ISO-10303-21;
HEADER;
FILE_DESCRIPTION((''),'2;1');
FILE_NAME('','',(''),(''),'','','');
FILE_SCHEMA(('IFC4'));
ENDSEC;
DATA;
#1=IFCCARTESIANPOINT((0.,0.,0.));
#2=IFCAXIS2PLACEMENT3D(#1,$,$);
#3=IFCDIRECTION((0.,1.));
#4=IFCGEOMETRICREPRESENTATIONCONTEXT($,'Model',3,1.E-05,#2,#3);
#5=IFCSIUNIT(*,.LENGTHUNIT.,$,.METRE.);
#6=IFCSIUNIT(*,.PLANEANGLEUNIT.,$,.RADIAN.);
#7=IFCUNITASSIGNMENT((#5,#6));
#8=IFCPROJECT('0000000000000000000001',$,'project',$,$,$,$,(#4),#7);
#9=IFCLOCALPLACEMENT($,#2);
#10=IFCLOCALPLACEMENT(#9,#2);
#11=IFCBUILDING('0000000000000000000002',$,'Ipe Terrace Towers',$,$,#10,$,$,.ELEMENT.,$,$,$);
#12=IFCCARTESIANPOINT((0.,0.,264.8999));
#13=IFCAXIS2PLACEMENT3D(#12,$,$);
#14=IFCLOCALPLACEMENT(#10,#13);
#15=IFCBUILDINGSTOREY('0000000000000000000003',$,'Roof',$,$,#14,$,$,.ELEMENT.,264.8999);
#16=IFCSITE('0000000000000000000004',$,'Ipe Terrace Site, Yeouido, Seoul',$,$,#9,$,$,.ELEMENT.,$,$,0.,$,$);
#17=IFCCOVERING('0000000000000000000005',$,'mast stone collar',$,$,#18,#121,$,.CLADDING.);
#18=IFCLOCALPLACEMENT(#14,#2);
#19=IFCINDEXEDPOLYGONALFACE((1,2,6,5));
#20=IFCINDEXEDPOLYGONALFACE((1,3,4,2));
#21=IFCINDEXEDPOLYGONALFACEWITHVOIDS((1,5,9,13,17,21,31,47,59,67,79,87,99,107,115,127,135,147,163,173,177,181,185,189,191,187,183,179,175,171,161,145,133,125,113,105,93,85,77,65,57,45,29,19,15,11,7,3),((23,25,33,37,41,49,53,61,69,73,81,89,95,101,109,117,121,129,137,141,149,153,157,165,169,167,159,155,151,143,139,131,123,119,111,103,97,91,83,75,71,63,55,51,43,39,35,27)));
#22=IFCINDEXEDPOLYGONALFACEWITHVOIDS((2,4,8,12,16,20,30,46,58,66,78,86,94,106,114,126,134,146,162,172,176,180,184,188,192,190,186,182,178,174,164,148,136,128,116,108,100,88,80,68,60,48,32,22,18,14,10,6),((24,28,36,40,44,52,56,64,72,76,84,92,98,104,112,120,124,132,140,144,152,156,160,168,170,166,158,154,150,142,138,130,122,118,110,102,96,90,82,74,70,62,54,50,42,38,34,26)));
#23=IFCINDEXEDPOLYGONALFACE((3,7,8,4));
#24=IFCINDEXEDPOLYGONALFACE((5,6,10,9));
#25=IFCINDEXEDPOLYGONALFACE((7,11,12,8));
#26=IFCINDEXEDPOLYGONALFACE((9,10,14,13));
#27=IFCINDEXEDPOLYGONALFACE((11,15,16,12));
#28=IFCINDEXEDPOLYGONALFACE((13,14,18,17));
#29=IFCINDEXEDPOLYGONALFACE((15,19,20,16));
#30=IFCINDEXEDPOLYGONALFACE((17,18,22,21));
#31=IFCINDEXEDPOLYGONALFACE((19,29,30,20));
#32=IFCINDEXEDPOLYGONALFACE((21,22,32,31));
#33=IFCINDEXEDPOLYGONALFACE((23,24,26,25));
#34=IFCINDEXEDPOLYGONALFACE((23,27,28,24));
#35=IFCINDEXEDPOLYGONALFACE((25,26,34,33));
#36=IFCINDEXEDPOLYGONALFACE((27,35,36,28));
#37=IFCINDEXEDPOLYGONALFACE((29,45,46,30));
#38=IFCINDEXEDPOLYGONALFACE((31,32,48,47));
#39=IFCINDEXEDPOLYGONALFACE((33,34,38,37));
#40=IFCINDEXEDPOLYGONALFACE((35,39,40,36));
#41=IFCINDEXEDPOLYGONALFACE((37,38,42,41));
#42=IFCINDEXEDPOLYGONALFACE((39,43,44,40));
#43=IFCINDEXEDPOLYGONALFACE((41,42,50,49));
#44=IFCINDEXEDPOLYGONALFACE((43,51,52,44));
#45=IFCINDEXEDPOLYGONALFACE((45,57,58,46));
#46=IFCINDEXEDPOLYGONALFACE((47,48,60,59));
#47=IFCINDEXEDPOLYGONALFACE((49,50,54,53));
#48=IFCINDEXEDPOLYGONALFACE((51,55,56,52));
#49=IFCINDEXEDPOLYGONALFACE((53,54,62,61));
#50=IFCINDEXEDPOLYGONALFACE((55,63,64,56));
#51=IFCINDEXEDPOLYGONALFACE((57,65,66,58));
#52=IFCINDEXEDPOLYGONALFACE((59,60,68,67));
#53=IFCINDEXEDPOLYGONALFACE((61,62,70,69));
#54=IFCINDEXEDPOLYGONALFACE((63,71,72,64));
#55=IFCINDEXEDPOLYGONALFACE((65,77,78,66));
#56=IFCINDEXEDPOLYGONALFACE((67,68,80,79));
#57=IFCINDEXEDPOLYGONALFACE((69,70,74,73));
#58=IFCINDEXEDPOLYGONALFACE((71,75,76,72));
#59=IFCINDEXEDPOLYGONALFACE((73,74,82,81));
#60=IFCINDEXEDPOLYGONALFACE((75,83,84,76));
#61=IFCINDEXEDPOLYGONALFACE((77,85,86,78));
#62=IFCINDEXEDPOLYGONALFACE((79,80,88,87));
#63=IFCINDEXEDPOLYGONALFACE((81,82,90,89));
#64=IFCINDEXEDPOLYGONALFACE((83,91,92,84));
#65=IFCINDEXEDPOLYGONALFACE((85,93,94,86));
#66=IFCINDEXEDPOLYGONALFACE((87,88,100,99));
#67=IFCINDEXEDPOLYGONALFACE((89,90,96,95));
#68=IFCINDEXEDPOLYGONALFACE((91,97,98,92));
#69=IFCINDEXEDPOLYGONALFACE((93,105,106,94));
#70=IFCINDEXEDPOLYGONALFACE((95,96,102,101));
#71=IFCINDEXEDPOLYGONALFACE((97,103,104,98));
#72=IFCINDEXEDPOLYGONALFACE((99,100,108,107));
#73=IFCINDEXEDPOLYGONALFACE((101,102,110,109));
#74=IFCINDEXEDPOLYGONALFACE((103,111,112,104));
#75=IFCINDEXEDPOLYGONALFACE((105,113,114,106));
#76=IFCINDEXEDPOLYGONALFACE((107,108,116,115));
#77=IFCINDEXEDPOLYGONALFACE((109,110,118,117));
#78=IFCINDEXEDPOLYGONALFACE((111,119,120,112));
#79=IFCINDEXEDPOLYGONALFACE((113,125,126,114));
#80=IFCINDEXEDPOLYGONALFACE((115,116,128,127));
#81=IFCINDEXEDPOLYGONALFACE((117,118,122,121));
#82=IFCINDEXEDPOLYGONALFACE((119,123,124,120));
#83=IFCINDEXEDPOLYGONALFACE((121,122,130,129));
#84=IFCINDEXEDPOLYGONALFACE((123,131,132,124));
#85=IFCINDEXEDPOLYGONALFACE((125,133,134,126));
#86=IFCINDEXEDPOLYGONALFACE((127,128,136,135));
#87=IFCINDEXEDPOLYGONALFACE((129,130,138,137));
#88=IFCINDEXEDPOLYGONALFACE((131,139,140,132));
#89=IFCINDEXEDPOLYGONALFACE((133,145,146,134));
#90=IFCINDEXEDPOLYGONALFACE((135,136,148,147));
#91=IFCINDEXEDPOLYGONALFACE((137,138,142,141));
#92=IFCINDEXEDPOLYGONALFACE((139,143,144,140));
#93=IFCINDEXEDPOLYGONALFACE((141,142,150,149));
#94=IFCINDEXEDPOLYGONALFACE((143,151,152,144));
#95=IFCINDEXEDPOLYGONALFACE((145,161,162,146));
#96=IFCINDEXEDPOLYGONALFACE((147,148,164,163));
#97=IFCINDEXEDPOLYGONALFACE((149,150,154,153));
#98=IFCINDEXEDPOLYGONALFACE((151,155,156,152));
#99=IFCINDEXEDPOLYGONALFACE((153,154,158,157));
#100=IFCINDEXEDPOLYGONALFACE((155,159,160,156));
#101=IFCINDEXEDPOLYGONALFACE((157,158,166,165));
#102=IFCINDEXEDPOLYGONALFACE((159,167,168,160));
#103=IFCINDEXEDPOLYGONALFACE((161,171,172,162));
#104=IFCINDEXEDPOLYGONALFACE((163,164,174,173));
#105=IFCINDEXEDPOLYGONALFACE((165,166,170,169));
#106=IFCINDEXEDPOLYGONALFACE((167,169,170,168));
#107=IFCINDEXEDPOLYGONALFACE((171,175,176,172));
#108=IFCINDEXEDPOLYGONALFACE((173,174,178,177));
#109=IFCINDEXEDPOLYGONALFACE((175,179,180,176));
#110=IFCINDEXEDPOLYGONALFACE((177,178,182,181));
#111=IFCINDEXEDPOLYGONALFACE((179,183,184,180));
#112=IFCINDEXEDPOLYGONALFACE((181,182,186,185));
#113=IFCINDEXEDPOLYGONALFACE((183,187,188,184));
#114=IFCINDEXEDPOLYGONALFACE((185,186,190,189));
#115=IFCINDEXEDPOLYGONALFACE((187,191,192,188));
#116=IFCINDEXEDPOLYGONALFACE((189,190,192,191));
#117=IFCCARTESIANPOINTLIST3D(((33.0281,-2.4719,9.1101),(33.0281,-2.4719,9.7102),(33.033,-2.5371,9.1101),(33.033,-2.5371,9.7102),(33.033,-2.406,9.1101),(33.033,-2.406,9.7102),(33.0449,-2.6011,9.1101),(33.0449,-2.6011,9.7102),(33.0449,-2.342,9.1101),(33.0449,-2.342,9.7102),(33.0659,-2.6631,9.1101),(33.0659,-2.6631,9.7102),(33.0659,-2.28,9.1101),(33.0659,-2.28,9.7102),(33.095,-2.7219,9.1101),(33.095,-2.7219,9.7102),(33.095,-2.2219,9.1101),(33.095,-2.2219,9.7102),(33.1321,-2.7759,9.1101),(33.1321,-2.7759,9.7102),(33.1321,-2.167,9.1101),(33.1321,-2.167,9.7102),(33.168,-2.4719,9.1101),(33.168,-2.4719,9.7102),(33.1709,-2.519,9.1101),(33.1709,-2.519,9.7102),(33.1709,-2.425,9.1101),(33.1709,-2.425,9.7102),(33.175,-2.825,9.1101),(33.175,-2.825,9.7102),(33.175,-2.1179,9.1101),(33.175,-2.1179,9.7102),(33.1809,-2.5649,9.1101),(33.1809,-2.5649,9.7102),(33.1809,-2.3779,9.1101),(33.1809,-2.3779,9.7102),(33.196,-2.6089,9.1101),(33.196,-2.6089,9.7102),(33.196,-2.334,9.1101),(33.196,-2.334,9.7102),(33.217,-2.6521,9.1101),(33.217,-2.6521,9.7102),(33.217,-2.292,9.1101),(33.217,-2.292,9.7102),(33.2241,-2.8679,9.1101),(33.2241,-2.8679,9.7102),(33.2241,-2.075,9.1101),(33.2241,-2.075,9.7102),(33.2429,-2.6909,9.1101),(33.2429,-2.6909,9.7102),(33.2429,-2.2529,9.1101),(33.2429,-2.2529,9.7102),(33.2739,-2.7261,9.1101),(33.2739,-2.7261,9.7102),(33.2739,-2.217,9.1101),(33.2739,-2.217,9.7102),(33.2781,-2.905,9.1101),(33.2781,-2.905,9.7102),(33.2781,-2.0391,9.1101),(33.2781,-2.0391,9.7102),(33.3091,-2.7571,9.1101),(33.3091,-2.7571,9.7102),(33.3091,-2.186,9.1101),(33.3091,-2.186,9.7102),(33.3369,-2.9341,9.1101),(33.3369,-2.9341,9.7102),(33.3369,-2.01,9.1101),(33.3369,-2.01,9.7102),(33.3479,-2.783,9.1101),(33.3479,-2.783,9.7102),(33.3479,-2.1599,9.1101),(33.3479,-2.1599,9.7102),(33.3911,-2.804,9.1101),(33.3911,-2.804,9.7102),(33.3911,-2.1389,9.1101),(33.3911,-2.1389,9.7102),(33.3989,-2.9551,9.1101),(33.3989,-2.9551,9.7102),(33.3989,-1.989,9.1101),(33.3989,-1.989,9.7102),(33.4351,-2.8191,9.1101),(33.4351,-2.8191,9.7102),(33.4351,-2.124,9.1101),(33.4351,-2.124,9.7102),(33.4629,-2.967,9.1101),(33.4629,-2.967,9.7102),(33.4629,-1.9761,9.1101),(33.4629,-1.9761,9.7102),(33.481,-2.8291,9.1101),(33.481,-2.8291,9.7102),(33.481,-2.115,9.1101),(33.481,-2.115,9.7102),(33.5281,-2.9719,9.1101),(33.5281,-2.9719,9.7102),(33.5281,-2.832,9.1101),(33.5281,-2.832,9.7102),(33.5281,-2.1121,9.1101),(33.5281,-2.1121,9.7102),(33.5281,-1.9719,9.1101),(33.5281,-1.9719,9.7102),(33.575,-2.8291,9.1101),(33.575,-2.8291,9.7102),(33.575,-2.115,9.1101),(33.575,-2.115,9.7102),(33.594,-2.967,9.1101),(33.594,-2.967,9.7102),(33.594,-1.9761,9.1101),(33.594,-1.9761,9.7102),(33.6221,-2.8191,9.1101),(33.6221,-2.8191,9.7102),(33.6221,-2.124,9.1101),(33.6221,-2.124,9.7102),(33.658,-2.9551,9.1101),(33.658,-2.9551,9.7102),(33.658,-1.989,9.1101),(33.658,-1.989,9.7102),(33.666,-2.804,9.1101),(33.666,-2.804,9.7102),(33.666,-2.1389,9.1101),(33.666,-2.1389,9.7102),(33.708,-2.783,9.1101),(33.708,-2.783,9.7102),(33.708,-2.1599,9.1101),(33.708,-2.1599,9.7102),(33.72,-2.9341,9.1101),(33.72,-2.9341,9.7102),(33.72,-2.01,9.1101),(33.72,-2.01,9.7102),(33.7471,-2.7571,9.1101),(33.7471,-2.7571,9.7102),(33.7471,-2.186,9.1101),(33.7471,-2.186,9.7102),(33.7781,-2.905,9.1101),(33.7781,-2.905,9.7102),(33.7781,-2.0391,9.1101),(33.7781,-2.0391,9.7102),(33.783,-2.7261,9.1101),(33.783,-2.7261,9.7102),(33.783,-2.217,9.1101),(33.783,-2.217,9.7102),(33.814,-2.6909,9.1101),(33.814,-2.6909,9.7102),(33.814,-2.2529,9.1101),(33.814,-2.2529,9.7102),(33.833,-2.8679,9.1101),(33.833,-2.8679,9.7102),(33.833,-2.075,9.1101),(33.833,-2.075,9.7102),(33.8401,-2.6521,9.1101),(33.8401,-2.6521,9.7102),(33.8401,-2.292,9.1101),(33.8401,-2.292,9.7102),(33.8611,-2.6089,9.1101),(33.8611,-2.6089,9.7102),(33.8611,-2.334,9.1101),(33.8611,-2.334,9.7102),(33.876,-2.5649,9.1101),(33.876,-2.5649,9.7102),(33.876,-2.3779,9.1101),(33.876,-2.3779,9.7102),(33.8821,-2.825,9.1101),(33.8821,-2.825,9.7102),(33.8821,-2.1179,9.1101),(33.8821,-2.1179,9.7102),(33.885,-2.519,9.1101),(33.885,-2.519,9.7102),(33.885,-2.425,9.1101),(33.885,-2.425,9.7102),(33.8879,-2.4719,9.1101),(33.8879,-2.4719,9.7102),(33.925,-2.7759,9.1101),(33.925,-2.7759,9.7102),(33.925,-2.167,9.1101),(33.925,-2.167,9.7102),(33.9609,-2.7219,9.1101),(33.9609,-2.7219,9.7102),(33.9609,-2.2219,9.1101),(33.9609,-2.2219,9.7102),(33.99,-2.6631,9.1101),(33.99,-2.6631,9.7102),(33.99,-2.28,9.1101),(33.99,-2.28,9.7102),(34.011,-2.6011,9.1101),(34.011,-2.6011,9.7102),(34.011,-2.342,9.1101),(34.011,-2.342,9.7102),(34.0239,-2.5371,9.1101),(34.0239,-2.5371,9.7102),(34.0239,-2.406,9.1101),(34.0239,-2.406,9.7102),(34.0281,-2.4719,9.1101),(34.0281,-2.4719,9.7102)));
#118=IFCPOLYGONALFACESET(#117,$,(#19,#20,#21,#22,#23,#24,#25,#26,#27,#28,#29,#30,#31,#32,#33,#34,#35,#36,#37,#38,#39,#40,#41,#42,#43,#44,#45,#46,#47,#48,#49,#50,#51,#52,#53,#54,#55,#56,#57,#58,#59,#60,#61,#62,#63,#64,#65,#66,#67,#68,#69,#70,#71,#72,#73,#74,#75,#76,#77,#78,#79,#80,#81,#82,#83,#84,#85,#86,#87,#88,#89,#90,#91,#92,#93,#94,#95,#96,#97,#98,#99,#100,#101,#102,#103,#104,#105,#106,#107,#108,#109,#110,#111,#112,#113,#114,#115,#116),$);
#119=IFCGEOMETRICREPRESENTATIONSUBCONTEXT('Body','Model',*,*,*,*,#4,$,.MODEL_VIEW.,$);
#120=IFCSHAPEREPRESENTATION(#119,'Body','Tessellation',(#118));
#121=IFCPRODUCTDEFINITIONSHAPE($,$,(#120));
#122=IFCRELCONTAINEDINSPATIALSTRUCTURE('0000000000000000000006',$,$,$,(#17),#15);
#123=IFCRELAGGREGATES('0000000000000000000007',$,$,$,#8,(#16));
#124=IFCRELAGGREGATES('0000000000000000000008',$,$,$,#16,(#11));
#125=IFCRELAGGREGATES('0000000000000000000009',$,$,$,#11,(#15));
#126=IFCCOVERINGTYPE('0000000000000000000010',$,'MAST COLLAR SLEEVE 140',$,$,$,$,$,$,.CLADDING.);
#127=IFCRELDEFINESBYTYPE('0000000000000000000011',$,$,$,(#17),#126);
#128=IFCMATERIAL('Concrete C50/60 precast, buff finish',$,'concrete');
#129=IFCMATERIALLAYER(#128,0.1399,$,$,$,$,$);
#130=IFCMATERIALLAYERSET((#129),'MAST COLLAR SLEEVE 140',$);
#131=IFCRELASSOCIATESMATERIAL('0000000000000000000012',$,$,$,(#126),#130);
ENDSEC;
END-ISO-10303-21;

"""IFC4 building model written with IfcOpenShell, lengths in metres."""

from ifc_helpers import new_model, si_unit, direction, frame, origin, place, context, subcontext, project, spatial, polyline, outline, extrude, material, layer, layer_set, type_object, element, save


model = new_model("IFC4")

# Units and contexts
model_context = context("Model", 3, precision=1e-05, world=origin(), true_north=direction((0.0, 1.0)))
body_context = subcontext(model_context, "Body", "Model", "MODEL_VIEW")
ifc_project = project(units=[si_unit("LENGTHUNIT", "METRE"), si_unit("PLANEANGLEUNIT", "RADIAN")], contexts=[model_context])

# Site, building, storey
site_placement = place(None, origin())
site = spatial("IfcSite", under=ifc_project, at=site_placement, Name="Ipe Terrace Site, Yeouido, Seoul", CompositionType="ELEMENT", RefElevation=0.0)
building_placement = place(site_placement, origin())
building = spatial("IfcBuilding", under=site, at=building_placement, Name="Ipe Terrace Towers", CompositionType="ELEMENT")
storey_placement = place(building_placement, frame((0.0, 0.0, 264.8999)))
storey = spatial("IfcBuildingStorey", under=building, at=storey_placement, Name="Roof", CompositionType="ELEMENT", Elevation=264.8999)

# Covering
ifc_material_1 = material(Name="Concrete C50/60 precast, buff finish", Category="concrete")
ifc_layer_1 = layer(ifc_material_1, 0.1399)
ifc_layer_set_1 = layer_set([ifc_layer_1], Name="MAST COLLAR SLEEVE 140")
covering_type_1 = type_object("IfcCoveringType", Name="MAST COLLAR SLEEVE 140", PredefinedType="CLADDING", material=ifc_layer_set_1)
covering_1_placement = place(storey_placement, frame((0.0, 0.0, 9.1101)))
element("IfcCovering", 1, at=covering_1_placement, inside=storey, type_object=covering_type_1, Name="mast stone collar", PredefinedType="CLADDING", context=body_context, shape_type="SweptSolid", body=[
    extrude(outline(polyline([(34.0239, -2.5371), (34.011, -2.6011), (33.99, -2.6631), (33.9609, -2.7219), (33.925, -2.7759), (33.8821, -2.825), (33.833, -2.8679), (33.7781, -2.905), (33.72, -2.9341), (33.658, -2.9551), (33.594, -2.967), (33.5281, -2.9719), (33.4629, -2.967), (33.3989, -2.9551), (33.3369, -2.9341), (33.2781, -2.905), (33.2241, -2.8679), (33.175, -2.825), (33.1321, -2.7759), (33.095, -2.7219), (33.0659, -2.6631), (33.0449, -2.6011), (33.033, -2.5371), (33.0281, -2.4719), (33.033, -2.406), (33.0449, -2.342), (33.0659, -2.28), (33.095, -2.2219), (33.1321, -2.167), (33.175, -2.1179), (33.2241, -2.075), (33.2781, -2.0391), (33.3369, -2.01), (33.3989, -1.989), (33.4629, -1.9761), (33.5281, -1.9719), (33.594, -1.9761), (33.658, -1.989), (33.72, -2.01), (33.7781, -2.0391), (33.833, -2.075), (33.8821, -2.1179), (33.925, -2.167), (33.9609, -2.2219), (33.99, -2.28), (34.011, -2.342), (34.0239, -2.406), (34.0281, -2.4719), (34.0239, -2.5371)]), holes=[polyline([(33.885, -2.425), (33.876, -2.3779), (33.8611, -2.334), (33.8401, -2.292), (33.814, -2.2529), (33.783, -2.217), (33.7471, -2.186), (33.708, -2.1599), (33.666, -2.1389), (33.6221, -2.124), (33.575, -2.115), (33.5281, -2.1121), (33.481, -2.115), (33.4351, -2.124), (33.3911, -2.1389), (33.3479, -2.1599), (33.3091, -2.186), (33.2739, -2.217), (33.2429, -2.2529), (33.217, -2.292), (33.196, -2.334), (33.1809, -2.3779), (33.1709, -2.425), (33.168, -2.4719), (33.1709, -2.519), (33.1809, -2.5649), (33.196, -2.6089), (33.217, -2.6521), (33.2429, -2.6909), (33.2739, -2.7261), (33.3091, -2.7571), (33.3479, -2.783), (33.3911, -2.804), (33.4351, -2.8191), (33.481, -2.8291), (33.5281, -2.832), (33.575, -2.8291), (33.6221, -2.8191), (33.666, -2.804), (33.708, -2.783), (33.7471, -2.7571), (33.783, -2.7261), (33.814, -2.6909), (33.8401, -2.6521), (33.8611, -2.6089), (33.876, -2.5649), (33.885, -2.519), (33.8879, -2.4719), (33.885, -2.425)])]), origin(), (0.0, 0.0, 1.0), 0.6001),
])

save(model, "model.ifc")
